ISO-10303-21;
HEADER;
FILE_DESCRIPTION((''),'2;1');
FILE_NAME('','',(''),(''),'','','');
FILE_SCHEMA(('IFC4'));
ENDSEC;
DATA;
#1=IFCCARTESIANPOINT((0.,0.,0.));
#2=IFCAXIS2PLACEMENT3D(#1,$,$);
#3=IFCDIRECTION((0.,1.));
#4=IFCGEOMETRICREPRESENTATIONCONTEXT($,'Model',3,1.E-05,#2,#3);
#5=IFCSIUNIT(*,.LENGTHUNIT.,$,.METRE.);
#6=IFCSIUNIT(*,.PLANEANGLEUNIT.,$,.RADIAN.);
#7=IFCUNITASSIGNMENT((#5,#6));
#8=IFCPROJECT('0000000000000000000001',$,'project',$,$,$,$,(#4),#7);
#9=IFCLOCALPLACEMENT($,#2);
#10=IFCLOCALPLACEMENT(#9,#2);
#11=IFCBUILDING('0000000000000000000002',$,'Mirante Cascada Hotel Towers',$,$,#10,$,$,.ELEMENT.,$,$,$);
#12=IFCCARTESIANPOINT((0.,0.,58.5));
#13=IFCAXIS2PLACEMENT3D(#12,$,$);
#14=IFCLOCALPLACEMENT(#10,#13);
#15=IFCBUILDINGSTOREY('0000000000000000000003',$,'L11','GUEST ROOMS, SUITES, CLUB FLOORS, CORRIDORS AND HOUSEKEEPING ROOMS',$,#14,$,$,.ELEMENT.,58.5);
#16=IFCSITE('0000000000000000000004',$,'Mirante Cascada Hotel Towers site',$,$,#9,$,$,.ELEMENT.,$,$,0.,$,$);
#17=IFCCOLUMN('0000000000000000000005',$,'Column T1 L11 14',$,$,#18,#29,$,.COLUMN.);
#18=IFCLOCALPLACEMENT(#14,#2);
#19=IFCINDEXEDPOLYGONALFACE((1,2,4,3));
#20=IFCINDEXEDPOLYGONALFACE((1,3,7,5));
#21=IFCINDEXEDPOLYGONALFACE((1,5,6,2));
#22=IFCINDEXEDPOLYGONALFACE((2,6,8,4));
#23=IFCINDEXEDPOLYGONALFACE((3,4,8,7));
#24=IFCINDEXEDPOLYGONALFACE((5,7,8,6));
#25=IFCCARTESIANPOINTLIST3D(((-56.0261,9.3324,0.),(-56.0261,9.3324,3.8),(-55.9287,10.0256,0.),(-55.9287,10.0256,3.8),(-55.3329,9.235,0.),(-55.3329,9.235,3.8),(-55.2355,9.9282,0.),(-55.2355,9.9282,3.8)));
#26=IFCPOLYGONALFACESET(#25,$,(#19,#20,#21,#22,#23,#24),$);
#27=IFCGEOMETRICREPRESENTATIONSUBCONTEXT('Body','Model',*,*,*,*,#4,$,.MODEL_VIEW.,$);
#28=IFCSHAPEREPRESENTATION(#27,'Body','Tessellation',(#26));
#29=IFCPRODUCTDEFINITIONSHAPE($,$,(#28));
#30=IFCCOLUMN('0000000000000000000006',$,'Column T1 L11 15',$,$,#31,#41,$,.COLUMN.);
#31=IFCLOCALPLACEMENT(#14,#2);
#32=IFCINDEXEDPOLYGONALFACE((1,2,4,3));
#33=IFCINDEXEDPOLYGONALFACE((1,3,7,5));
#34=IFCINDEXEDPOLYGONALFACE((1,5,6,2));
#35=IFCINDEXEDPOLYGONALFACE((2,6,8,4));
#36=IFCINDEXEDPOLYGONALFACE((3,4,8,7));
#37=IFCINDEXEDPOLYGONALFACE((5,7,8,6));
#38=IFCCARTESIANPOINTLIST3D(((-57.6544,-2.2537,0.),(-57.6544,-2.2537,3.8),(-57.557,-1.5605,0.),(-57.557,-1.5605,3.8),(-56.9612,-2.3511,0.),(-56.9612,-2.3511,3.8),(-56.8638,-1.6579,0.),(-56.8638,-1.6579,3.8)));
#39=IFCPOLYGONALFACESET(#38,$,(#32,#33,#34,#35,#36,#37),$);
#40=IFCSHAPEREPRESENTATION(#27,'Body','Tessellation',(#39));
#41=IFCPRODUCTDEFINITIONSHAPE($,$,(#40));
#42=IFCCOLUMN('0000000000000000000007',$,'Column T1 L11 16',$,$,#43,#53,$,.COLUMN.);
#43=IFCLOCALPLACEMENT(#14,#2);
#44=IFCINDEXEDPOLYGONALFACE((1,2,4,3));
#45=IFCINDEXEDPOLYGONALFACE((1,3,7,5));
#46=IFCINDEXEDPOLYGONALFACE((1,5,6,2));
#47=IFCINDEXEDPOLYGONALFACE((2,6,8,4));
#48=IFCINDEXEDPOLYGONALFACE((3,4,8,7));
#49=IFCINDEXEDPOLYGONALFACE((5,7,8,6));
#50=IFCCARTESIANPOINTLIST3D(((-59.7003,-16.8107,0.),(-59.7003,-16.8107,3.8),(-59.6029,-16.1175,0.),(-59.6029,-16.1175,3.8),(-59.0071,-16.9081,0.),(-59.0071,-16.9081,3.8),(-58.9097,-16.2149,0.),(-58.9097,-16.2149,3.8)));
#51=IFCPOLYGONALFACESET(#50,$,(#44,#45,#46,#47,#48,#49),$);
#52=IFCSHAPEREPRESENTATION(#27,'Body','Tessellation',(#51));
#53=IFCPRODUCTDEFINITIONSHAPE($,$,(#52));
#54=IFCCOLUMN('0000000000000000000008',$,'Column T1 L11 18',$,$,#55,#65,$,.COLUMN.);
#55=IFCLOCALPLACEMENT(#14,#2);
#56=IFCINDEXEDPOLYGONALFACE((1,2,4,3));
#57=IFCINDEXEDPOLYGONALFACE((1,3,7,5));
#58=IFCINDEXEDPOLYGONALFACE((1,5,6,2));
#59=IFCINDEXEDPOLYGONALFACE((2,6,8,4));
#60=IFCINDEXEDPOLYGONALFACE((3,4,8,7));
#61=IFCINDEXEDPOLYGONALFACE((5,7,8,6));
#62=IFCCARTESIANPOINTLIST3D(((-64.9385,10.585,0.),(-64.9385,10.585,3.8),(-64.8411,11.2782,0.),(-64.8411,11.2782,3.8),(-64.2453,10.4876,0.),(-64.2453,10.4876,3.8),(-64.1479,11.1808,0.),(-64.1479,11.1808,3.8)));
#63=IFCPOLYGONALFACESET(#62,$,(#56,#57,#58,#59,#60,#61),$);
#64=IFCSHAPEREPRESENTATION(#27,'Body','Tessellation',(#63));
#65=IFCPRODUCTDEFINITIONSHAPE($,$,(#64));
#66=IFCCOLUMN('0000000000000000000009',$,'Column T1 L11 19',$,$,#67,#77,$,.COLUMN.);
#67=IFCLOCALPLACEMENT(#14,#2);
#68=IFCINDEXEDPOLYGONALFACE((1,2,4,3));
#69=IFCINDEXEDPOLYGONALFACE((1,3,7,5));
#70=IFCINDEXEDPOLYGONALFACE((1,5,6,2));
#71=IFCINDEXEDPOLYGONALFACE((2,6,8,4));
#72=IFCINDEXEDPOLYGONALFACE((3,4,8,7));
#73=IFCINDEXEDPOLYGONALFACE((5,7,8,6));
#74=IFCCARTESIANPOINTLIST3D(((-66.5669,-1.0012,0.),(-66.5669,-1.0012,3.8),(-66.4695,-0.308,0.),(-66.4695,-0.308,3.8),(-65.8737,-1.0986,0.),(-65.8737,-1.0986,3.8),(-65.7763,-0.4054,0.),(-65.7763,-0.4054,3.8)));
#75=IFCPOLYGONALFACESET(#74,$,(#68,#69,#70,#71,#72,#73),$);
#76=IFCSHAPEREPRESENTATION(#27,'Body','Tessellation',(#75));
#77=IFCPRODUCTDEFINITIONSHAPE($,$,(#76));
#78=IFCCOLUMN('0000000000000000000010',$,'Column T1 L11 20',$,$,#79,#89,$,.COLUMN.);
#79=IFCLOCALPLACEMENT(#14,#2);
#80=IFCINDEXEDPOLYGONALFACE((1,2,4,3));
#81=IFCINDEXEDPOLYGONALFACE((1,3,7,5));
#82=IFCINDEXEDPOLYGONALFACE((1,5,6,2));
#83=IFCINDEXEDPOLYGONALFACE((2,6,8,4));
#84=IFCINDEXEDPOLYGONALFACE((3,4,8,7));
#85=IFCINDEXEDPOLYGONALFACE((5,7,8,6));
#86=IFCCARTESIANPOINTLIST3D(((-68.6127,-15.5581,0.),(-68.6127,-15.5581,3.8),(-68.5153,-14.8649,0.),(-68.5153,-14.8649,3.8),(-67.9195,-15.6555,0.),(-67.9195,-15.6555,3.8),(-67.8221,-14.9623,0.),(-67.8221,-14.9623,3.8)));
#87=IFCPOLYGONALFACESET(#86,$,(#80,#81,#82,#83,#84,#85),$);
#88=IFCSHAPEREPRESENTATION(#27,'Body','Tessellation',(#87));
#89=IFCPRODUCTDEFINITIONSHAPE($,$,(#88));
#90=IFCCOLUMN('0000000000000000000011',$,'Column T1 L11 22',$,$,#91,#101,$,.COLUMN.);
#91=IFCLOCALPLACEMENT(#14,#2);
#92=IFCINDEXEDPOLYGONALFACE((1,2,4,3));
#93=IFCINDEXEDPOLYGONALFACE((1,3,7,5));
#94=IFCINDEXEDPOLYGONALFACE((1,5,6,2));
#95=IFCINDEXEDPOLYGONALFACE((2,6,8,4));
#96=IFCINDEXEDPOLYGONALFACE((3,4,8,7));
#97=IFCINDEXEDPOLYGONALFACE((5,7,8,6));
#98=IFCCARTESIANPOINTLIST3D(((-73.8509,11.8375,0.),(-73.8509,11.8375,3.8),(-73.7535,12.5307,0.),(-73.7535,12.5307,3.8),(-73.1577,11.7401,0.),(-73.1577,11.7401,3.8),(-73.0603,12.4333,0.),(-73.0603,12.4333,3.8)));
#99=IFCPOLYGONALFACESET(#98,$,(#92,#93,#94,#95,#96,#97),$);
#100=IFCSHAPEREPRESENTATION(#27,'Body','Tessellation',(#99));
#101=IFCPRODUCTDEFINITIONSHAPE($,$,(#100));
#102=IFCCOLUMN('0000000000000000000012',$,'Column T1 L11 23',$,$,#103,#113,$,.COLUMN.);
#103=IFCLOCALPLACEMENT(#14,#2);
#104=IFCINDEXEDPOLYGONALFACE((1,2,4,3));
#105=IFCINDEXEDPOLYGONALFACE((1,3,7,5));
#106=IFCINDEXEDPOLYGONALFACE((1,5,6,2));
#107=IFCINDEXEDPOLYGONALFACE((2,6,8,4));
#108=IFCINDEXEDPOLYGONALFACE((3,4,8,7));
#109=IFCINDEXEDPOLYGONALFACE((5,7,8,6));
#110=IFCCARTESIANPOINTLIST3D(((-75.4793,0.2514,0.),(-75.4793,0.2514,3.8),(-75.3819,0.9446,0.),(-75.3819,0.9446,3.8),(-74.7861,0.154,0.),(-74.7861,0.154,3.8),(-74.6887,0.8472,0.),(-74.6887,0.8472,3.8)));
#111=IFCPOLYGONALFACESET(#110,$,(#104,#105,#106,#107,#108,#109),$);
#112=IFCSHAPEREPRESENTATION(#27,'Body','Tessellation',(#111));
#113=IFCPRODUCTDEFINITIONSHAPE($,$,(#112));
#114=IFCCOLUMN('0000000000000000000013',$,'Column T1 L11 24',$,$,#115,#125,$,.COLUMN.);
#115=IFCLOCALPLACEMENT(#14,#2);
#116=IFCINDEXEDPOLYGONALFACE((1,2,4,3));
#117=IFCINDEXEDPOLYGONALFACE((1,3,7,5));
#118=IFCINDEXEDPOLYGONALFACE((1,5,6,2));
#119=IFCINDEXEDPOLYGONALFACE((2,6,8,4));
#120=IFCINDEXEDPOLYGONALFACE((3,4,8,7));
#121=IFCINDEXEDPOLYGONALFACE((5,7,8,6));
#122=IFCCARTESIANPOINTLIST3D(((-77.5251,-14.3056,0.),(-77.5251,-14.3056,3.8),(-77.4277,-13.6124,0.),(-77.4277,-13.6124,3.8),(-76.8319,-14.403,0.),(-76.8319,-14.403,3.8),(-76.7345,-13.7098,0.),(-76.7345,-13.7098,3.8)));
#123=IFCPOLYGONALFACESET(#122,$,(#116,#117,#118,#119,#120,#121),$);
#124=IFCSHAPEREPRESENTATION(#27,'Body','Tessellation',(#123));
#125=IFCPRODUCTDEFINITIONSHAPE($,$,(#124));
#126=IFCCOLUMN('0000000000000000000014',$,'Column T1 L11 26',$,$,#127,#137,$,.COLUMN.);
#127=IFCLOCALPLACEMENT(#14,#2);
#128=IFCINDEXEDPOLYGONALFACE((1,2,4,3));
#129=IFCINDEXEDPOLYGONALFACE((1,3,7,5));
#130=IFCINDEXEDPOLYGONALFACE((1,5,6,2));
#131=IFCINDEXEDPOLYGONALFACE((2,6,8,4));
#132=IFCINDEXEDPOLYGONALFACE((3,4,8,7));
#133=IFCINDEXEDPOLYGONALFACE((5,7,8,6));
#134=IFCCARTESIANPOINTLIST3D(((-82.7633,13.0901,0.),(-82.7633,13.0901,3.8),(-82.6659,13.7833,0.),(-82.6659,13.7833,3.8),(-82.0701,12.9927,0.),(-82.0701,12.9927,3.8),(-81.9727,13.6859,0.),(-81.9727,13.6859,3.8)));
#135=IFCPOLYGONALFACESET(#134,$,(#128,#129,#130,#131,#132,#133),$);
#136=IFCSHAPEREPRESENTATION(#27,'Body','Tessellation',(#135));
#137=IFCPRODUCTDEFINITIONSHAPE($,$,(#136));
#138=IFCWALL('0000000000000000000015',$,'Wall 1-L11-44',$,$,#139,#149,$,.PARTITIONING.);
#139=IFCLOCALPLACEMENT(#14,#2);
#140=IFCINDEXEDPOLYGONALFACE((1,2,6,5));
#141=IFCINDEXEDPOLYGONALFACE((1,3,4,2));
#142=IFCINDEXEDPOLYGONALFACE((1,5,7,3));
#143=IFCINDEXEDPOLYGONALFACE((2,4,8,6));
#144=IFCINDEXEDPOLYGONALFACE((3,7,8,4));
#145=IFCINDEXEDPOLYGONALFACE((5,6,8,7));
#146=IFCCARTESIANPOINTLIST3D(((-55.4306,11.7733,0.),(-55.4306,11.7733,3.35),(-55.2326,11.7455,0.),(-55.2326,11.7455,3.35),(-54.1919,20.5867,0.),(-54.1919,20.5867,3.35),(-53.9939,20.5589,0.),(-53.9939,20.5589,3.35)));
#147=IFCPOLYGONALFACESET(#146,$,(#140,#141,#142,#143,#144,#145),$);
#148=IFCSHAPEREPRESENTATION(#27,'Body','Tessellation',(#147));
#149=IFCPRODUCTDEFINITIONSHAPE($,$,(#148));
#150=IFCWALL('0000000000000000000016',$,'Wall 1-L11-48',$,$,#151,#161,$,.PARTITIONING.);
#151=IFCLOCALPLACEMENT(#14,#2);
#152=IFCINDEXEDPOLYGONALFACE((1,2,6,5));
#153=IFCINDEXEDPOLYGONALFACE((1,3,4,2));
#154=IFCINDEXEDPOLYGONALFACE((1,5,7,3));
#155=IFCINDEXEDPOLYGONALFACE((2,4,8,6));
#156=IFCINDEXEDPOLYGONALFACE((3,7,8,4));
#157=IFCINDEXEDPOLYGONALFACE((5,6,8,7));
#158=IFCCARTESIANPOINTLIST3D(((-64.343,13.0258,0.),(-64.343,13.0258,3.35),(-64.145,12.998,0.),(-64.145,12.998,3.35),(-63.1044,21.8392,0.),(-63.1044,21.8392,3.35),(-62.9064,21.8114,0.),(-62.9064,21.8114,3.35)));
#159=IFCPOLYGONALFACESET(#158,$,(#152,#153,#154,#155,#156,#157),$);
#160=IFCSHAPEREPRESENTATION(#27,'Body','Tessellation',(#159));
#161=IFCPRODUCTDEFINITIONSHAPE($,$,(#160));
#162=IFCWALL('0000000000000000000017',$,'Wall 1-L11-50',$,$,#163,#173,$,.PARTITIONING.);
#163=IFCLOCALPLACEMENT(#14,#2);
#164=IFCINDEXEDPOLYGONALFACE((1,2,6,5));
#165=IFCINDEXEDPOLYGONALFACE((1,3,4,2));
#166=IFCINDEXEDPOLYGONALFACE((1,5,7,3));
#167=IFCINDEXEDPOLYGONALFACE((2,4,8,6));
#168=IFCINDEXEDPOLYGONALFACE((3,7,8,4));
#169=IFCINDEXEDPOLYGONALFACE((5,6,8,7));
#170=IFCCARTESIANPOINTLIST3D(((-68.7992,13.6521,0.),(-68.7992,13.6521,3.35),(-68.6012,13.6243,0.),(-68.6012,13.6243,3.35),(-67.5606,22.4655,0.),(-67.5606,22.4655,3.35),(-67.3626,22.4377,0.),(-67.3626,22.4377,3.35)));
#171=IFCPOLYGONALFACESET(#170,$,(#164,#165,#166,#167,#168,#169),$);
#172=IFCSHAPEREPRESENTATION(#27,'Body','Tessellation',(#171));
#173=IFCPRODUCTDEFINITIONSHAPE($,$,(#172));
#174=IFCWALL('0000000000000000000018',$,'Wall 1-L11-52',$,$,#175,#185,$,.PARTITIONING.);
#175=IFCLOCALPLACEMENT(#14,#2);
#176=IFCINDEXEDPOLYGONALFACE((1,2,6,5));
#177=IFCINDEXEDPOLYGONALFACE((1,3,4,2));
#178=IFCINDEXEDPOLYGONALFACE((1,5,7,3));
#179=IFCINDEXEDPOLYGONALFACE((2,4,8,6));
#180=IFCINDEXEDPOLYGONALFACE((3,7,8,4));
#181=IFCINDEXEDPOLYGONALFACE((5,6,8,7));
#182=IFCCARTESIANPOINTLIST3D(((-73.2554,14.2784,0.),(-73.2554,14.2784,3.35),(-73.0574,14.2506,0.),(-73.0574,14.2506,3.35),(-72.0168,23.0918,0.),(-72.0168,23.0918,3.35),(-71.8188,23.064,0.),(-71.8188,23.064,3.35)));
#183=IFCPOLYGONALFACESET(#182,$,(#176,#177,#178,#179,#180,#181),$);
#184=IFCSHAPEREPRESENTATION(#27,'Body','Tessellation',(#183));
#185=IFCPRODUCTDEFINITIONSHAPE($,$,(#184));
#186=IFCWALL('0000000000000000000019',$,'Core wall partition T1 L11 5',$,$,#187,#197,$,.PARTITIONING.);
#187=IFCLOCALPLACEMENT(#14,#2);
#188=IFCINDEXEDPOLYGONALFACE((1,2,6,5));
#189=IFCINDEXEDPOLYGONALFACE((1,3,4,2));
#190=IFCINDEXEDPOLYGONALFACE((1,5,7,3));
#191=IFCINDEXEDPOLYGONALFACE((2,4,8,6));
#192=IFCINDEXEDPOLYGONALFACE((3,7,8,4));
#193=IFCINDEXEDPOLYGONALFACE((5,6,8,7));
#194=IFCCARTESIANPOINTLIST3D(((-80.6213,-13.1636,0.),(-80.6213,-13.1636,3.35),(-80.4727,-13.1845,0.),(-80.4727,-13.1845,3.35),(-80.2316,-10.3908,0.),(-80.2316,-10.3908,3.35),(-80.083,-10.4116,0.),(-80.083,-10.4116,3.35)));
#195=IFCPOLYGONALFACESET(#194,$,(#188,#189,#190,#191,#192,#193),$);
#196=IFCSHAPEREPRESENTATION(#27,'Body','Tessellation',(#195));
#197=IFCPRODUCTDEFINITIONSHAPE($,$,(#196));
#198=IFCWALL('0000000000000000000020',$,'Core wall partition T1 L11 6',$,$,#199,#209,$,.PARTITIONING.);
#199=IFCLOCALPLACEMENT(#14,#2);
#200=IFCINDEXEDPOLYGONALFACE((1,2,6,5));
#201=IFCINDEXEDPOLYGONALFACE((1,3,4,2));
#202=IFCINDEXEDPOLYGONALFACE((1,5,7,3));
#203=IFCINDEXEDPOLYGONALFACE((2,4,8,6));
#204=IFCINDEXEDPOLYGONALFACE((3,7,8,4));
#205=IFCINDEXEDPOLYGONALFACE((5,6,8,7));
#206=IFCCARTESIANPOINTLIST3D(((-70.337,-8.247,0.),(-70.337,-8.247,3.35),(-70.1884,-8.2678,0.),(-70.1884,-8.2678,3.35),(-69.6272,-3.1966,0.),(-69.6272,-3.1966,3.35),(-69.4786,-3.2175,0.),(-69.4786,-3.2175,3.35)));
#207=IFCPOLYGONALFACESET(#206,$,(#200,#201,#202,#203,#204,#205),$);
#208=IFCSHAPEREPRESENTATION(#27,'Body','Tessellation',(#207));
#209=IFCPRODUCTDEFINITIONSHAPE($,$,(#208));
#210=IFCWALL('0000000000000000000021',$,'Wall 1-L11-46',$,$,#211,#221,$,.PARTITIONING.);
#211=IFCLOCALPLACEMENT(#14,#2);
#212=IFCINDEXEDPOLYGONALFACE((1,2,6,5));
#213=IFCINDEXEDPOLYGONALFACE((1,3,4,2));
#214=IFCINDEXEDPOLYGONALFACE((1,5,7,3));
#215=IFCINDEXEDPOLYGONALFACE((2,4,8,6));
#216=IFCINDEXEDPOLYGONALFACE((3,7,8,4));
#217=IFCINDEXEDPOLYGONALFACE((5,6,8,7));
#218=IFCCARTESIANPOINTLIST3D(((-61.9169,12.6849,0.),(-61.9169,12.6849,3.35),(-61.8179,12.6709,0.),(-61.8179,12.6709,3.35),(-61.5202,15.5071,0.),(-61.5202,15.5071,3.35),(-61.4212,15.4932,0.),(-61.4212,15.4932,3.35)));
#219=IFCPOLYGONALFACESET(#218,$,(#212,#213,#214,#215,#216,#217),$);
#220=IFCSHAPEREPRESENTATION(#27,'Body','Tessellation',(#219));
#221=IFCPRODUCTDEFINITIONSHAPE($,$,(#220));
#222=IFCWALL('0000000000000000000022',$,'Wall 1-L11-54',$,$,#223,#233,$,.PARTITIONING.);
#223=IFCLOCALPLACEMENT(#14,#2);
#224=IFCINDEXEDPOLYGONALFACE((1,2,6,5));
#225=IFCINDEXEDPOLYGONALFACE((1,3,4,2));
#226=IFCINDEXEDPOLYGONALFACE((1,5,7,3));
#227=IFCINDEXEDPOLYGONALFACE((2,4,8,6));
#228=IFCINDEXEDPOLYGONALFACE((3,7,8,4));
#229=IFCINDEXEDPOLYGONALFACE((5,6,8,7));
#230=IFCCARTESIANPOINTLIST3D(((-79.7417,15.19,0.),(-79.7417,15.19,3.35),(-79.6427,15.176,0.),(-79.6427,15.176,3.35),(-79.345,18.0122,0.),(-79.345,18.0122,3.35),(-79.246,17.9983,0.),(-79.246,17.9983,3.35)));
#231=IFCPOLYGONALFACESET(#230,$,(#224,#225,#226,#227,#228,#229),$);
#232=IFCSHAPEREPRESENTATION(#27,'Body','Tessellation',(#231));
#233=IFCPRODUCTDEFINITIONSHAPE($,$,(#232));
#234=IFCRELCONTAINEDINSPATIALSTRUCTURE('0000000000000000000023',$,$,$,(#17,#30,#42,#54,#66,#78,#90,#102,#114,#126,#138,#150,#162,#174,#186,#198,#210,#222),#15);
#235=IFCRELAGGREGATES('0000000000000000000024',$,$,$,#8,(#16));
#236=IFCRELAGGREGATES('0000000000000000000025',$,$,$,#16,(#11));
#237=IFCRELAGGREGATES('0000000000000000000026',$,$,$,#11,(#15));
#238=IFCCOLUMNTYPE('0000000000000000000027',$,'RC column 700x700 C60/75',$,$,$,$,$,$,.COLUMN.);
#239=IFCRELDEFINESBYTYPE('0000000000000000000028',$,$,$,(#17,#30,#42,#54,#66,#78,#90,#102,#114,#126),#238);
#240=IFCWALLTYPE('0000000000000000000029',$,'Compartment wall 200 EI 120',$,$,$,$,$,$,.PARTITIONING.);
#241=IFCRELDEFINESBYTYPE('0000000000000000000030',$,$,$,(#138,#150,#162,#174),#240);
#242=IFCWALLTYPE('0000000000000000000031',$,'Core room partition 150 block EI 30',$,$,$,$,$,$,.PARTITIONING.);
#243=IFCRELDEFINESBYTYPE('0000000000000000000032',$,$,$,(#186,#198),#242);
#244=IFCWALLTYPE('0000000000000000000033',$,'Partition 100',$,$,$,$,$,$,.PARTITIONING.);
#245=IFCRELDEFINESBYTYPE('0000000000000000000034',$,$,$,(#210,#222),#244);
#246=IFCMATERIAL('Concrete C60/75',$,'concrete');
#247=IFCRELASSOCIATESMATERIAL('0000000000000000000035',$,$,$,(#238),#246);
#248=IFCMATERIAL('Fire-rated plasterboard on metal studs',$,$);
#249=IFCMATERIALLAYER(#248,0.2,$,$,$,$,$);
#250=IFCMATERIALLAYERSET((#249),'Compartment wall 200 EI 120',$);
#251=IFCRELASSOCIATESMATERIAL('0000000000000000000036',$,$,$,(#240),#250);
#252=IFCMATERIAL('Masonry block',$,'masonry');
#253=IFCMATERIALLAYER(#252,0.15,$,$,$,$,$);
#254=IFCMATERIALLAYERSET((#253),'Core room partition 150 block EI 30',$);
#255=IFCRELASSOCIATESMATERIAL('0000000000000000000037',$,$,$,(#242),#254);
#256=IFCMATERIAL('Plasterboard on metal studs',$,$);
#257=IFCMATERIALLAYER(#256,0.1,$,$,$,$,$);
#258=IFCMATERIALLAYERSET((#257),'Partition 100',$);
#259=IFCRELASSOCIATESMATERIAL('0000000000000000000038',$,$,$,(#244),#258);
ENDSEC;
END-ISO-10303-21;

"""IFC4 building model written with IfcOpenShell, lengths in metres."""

from ifc_helpers import new_model, si_unit, direction, frame, frame_2d, origin, origin_2d, place, context, subcontext, project, spatial, rectangle, extrude, material, layer, layer_set, material_profile, profile_set, type_object, element, save


model = new_model("IFC4")

# Units and contexts
model_context = context("Model", 3, precision=1e-05, world=origin(), true_north=direction((0.0, 1.0)))
body_context = subcontext(model_context, "Body", "Model", "MODEL_VIEW")
ifc_project = project(units=[si_unit("LENGTHUNIT", "METRE"), si_unit("PLANEANGLEUNIT", "RADIAN")], contexts=[model_context])

# Site, building, storey
site_placement = place(None, origin())
site = spatial("IfcSite", under=ifc_project, at=site_placement, Name="Mirante Cascada Hotel Towers site", CompositionType="ELEMENT", RefElevation=0.0)
building_placement = place(site_placement, origin())
building = spatial("IfcBuilding", under=site, at=building_placement, Name="Mirante Cascada Hotel Towers", CompositionType="ELEMENT")
storey_placement = place(building_placement, frame((0.0, 0.0, 58.5)))
storey = spatial("IfcBuildingStorey", under=building, at=storey_placement, Name="L11", Description="GUEST ROOMS, SUITES, CLUB FLOORS, CORRIDORS AND HOUSEKEEPING ROOMS", CompositionType="ELEMENT", Elevation=58.5)

# Columns
ifc_material_1 = material(Name="Concrete C60/75", Category="concrete")
ifc_material_profile = material_profile(ifc_material_1, rectangle(XDim=0.7, YDim=0.7, at=origin_2d()), Name="RC column 700x700 C60/75")
ifc_profile_set = profile_set([ifc_material_profile], Name="Concrete C60/75")
column_type = type_object("IfcColumnType", Name="RC column 700x700 C60/75", PredefinedType="COLUMN", material=ifc_profile_set)
for number, where, z_axis, x_axis, name in (
    (1, (-55.6308, 9.6303, 0.0), (0.0, 0.0, 1.0), (-0.990268, 0.139173, 0.0), "Column T1 L11 14"),
    (2, (-57.2591, -1.9558, 0.0), (0.0, 0.0, 1.0), (-0.990268, 0.139173, 0.0), "Column T1 L11 15"),
    (3, (-59.305, -16.5128, 0.0), (0.0, 0.0, 1.0), (-0.990268, 0.139173, 0.0), "Column T1 L11 16"),
    (4, (-64.5432, 10.8829, 0.0), (0.0, 0.0, 1.0), (-0.990268, 0.139173, 0.0), "Column T1 L11 18"),
    (5, (-66.1716, -0.7033, 0.0), (0.0, 0.0, 1.0), (-0.990268, 0.139173, 0.0), "Column T1 L11 19"),
    (6, (-68.2174, -15.2602, 0.0), (0.0, 0.0, 1.0), (-0.990268, 0.139173, 0.0), "Column T1 L11 20"),
    (7, (-73.4556, 12.1354, 0.0), (0.0, 0.0, 1.0), (-0.990268, 0.139173, 0.0), "Column T1 L11 22"),
    (8, (-75.084, 0.5493, 0.0), (0.0, 0.0, 1.0), (-0.990268, 0.139173, 0.0), "Column T1 L11 23"),
    (9, (-77.1298, -14.0077, 0.0), (0.0, 0.0, 1.0), (-0.990268, 0.139173, 0.0), "Column T1 L11 24"),
    (10, (-82.368, 13.388, 0.0), (0.0, 0.0, 1.0), (-0.990268, 0.139173, 0.0), "Column T1 L11 26"),
):
    element("IfcColumn", number, at=place(storey_placement, frame(where, z_axis=z_axis, x_axis=x_axis)), inside=storey, type_object=column_type, Name=name, PredefinedType="COLUMN", context=body_context, shape_type="SweptSolid", body=[
        extrude(rectangle(XDim=0.7, YDim=0.7, at=origin_2d()), origin(), (0.0, 0.0, 1.0), 3.8),
    ])

# Walls
ifc_material_2 = material(Name="Fire-rated plasterboard on metal studs")
ifc_layer_1 = layer(ifc_material_2, 0.2)
ifc_layer_set_1 = layer_set([ifc_layer_1], Name="Compartment wall 200 EI 120")
wall_type_1 = type_object("IfcWallType", Name="Compartment wall 200 EI 120", PredefinedType="PARTITIONING", material=ifc_layer_set_1)
for number, where, z_axis, x_axis, name in (
    (11, (-55.3316, 11.7594, 0.0), (0.0, 0.0, 1.0), (0.139179, 0.990267, 0.0), "Wall 1-L11-44"),
    (12, (-64.244, 13.0119, 0.0), (0.0, 0.0, 1.0), (0.139168, 0.990269, 0.0), "Wall 1-L11-48"),
    (13, (-68.7002, 13.6382, 0.0), (0.0, 0.0, 1.0), (0.139168, 0.990269, 0.0), "Wall 1-L11-50"),
    (14, (-73.1564, 14.2645, 0.0), (0.0, 0.0, 1.0), (0.139168, 0.990269, 0.0), "Wall 1-L11-52"),
):
    element("IfcWall", number, at=place(storey_placement, frame(where, z_axis=z_axis, x_axis=x_axis)), inside=storey, type_object=wall_type_1, Name=name, PredefinedType="PARTITIONING", context=body_context, shape_type="SweptSolid", body=[
        extrude(rectangle(XDim=8.9, YDim=0.2, at=frame_2d((4.45, 0.0))), origin(), (0.0, 0.0, 1.0), 3.35),
    ])
ifc_material_3 = material(Name="Masonry block", Category="masonry")
ifc_layer_2 = layer(ifc_material_3, 0.15)
ifc_layer_set_2 = layer_set([ifc_layer_2], Name="Core room partition 150 block EI 30")
wall_type_2 = type_object("IfcWallType", Name="Core room partition 150 block EI 30", PredefinedType="PARTITIONING", material=ifc_layer_set_2)
wall_1_placement = place(storey_placement, frame((-80.547, -13.174, 0.0), z_axis=(0.0, 0.0, 1.0), x_axis=(0.139176, 0.990268, 0.0)))
element("IfcWall", 15, at=wall_1_placement, inside=storey, type_object=wall_type_2, Name="Core wall partition T1 L11 5", PredefinedType="PARTITIONING", context=body_context, shape_type="SweptSolid", body=[
    extrude(rectangle(XDim=2.8001, YDim=0.15, at=frame_2d((1.4, 0.0))), origin(), (0.0, 0.0, 1.0), 3.35),
])
wall_2_placement = place(storey_placement, frame((-70.2627, -8.2574, 0.0), z_axis=(0.0, 0.0, 1.0), x_axis=(0.139176, 0.990268, 0.0)))
element("IfcWall", 16, at=wall_2_placement, inside=storey, type_object=wall_type_2, Name="Core wall partition T1 L11 6", PredefinedType="PARTITIONING", context=body_context, shape_type="SweptSolid", body=[
    extrude(rectangle(XDim=5.1, YDim=0.15, at=frame_2d((2.55, 0.0))), origin(), (0.0, 0.0, 1.0), 3.35),
])
ifc_material_4 = material(Name="Plasterboard on metal studs")
ifc_layer_3 = layer(ifc_material_4, 0.1)
ifc_layer_set_3 = layer_set([ifc_layer_3], Name="Partition 100")
wall_type_3 = type_object("IfcWallType", Name="Partition 100", PredefinedType="PARTITIONING", material=ifc_layer_set_3)
for number, where, z_axis, x_axis, name in (
    (17, (-61.8674, 12.6779, 0.0), (0.0, 0.0, 1.0), (0.139191, 0.990266, 0.0), "Wall 1-L11-46"),
    (18, (-79.6922, 15.183, 0.0), (0.0, 0.0, 1.0), (0.139191, 0.990266, 0.0), "Wall 1-L11-54"),
):
    element("IfcWall", number, at=place(storey_placement, frame(where, z_axis=z_axis, x_axis=x_axis)), inside=storey, type_object=wall_type_3, Name=name, PredefinedType="PARTITIONING", context=body_context, shape_type="SweptSolid", body=[
        extrude(rectangle(XDim=2.85, YDim=0.1, at=frame_2d((1.425, 0.0))), origin(), (0.0, 0.0, 1.0), 3.35),
    ])

save(model, "model.ifc")
